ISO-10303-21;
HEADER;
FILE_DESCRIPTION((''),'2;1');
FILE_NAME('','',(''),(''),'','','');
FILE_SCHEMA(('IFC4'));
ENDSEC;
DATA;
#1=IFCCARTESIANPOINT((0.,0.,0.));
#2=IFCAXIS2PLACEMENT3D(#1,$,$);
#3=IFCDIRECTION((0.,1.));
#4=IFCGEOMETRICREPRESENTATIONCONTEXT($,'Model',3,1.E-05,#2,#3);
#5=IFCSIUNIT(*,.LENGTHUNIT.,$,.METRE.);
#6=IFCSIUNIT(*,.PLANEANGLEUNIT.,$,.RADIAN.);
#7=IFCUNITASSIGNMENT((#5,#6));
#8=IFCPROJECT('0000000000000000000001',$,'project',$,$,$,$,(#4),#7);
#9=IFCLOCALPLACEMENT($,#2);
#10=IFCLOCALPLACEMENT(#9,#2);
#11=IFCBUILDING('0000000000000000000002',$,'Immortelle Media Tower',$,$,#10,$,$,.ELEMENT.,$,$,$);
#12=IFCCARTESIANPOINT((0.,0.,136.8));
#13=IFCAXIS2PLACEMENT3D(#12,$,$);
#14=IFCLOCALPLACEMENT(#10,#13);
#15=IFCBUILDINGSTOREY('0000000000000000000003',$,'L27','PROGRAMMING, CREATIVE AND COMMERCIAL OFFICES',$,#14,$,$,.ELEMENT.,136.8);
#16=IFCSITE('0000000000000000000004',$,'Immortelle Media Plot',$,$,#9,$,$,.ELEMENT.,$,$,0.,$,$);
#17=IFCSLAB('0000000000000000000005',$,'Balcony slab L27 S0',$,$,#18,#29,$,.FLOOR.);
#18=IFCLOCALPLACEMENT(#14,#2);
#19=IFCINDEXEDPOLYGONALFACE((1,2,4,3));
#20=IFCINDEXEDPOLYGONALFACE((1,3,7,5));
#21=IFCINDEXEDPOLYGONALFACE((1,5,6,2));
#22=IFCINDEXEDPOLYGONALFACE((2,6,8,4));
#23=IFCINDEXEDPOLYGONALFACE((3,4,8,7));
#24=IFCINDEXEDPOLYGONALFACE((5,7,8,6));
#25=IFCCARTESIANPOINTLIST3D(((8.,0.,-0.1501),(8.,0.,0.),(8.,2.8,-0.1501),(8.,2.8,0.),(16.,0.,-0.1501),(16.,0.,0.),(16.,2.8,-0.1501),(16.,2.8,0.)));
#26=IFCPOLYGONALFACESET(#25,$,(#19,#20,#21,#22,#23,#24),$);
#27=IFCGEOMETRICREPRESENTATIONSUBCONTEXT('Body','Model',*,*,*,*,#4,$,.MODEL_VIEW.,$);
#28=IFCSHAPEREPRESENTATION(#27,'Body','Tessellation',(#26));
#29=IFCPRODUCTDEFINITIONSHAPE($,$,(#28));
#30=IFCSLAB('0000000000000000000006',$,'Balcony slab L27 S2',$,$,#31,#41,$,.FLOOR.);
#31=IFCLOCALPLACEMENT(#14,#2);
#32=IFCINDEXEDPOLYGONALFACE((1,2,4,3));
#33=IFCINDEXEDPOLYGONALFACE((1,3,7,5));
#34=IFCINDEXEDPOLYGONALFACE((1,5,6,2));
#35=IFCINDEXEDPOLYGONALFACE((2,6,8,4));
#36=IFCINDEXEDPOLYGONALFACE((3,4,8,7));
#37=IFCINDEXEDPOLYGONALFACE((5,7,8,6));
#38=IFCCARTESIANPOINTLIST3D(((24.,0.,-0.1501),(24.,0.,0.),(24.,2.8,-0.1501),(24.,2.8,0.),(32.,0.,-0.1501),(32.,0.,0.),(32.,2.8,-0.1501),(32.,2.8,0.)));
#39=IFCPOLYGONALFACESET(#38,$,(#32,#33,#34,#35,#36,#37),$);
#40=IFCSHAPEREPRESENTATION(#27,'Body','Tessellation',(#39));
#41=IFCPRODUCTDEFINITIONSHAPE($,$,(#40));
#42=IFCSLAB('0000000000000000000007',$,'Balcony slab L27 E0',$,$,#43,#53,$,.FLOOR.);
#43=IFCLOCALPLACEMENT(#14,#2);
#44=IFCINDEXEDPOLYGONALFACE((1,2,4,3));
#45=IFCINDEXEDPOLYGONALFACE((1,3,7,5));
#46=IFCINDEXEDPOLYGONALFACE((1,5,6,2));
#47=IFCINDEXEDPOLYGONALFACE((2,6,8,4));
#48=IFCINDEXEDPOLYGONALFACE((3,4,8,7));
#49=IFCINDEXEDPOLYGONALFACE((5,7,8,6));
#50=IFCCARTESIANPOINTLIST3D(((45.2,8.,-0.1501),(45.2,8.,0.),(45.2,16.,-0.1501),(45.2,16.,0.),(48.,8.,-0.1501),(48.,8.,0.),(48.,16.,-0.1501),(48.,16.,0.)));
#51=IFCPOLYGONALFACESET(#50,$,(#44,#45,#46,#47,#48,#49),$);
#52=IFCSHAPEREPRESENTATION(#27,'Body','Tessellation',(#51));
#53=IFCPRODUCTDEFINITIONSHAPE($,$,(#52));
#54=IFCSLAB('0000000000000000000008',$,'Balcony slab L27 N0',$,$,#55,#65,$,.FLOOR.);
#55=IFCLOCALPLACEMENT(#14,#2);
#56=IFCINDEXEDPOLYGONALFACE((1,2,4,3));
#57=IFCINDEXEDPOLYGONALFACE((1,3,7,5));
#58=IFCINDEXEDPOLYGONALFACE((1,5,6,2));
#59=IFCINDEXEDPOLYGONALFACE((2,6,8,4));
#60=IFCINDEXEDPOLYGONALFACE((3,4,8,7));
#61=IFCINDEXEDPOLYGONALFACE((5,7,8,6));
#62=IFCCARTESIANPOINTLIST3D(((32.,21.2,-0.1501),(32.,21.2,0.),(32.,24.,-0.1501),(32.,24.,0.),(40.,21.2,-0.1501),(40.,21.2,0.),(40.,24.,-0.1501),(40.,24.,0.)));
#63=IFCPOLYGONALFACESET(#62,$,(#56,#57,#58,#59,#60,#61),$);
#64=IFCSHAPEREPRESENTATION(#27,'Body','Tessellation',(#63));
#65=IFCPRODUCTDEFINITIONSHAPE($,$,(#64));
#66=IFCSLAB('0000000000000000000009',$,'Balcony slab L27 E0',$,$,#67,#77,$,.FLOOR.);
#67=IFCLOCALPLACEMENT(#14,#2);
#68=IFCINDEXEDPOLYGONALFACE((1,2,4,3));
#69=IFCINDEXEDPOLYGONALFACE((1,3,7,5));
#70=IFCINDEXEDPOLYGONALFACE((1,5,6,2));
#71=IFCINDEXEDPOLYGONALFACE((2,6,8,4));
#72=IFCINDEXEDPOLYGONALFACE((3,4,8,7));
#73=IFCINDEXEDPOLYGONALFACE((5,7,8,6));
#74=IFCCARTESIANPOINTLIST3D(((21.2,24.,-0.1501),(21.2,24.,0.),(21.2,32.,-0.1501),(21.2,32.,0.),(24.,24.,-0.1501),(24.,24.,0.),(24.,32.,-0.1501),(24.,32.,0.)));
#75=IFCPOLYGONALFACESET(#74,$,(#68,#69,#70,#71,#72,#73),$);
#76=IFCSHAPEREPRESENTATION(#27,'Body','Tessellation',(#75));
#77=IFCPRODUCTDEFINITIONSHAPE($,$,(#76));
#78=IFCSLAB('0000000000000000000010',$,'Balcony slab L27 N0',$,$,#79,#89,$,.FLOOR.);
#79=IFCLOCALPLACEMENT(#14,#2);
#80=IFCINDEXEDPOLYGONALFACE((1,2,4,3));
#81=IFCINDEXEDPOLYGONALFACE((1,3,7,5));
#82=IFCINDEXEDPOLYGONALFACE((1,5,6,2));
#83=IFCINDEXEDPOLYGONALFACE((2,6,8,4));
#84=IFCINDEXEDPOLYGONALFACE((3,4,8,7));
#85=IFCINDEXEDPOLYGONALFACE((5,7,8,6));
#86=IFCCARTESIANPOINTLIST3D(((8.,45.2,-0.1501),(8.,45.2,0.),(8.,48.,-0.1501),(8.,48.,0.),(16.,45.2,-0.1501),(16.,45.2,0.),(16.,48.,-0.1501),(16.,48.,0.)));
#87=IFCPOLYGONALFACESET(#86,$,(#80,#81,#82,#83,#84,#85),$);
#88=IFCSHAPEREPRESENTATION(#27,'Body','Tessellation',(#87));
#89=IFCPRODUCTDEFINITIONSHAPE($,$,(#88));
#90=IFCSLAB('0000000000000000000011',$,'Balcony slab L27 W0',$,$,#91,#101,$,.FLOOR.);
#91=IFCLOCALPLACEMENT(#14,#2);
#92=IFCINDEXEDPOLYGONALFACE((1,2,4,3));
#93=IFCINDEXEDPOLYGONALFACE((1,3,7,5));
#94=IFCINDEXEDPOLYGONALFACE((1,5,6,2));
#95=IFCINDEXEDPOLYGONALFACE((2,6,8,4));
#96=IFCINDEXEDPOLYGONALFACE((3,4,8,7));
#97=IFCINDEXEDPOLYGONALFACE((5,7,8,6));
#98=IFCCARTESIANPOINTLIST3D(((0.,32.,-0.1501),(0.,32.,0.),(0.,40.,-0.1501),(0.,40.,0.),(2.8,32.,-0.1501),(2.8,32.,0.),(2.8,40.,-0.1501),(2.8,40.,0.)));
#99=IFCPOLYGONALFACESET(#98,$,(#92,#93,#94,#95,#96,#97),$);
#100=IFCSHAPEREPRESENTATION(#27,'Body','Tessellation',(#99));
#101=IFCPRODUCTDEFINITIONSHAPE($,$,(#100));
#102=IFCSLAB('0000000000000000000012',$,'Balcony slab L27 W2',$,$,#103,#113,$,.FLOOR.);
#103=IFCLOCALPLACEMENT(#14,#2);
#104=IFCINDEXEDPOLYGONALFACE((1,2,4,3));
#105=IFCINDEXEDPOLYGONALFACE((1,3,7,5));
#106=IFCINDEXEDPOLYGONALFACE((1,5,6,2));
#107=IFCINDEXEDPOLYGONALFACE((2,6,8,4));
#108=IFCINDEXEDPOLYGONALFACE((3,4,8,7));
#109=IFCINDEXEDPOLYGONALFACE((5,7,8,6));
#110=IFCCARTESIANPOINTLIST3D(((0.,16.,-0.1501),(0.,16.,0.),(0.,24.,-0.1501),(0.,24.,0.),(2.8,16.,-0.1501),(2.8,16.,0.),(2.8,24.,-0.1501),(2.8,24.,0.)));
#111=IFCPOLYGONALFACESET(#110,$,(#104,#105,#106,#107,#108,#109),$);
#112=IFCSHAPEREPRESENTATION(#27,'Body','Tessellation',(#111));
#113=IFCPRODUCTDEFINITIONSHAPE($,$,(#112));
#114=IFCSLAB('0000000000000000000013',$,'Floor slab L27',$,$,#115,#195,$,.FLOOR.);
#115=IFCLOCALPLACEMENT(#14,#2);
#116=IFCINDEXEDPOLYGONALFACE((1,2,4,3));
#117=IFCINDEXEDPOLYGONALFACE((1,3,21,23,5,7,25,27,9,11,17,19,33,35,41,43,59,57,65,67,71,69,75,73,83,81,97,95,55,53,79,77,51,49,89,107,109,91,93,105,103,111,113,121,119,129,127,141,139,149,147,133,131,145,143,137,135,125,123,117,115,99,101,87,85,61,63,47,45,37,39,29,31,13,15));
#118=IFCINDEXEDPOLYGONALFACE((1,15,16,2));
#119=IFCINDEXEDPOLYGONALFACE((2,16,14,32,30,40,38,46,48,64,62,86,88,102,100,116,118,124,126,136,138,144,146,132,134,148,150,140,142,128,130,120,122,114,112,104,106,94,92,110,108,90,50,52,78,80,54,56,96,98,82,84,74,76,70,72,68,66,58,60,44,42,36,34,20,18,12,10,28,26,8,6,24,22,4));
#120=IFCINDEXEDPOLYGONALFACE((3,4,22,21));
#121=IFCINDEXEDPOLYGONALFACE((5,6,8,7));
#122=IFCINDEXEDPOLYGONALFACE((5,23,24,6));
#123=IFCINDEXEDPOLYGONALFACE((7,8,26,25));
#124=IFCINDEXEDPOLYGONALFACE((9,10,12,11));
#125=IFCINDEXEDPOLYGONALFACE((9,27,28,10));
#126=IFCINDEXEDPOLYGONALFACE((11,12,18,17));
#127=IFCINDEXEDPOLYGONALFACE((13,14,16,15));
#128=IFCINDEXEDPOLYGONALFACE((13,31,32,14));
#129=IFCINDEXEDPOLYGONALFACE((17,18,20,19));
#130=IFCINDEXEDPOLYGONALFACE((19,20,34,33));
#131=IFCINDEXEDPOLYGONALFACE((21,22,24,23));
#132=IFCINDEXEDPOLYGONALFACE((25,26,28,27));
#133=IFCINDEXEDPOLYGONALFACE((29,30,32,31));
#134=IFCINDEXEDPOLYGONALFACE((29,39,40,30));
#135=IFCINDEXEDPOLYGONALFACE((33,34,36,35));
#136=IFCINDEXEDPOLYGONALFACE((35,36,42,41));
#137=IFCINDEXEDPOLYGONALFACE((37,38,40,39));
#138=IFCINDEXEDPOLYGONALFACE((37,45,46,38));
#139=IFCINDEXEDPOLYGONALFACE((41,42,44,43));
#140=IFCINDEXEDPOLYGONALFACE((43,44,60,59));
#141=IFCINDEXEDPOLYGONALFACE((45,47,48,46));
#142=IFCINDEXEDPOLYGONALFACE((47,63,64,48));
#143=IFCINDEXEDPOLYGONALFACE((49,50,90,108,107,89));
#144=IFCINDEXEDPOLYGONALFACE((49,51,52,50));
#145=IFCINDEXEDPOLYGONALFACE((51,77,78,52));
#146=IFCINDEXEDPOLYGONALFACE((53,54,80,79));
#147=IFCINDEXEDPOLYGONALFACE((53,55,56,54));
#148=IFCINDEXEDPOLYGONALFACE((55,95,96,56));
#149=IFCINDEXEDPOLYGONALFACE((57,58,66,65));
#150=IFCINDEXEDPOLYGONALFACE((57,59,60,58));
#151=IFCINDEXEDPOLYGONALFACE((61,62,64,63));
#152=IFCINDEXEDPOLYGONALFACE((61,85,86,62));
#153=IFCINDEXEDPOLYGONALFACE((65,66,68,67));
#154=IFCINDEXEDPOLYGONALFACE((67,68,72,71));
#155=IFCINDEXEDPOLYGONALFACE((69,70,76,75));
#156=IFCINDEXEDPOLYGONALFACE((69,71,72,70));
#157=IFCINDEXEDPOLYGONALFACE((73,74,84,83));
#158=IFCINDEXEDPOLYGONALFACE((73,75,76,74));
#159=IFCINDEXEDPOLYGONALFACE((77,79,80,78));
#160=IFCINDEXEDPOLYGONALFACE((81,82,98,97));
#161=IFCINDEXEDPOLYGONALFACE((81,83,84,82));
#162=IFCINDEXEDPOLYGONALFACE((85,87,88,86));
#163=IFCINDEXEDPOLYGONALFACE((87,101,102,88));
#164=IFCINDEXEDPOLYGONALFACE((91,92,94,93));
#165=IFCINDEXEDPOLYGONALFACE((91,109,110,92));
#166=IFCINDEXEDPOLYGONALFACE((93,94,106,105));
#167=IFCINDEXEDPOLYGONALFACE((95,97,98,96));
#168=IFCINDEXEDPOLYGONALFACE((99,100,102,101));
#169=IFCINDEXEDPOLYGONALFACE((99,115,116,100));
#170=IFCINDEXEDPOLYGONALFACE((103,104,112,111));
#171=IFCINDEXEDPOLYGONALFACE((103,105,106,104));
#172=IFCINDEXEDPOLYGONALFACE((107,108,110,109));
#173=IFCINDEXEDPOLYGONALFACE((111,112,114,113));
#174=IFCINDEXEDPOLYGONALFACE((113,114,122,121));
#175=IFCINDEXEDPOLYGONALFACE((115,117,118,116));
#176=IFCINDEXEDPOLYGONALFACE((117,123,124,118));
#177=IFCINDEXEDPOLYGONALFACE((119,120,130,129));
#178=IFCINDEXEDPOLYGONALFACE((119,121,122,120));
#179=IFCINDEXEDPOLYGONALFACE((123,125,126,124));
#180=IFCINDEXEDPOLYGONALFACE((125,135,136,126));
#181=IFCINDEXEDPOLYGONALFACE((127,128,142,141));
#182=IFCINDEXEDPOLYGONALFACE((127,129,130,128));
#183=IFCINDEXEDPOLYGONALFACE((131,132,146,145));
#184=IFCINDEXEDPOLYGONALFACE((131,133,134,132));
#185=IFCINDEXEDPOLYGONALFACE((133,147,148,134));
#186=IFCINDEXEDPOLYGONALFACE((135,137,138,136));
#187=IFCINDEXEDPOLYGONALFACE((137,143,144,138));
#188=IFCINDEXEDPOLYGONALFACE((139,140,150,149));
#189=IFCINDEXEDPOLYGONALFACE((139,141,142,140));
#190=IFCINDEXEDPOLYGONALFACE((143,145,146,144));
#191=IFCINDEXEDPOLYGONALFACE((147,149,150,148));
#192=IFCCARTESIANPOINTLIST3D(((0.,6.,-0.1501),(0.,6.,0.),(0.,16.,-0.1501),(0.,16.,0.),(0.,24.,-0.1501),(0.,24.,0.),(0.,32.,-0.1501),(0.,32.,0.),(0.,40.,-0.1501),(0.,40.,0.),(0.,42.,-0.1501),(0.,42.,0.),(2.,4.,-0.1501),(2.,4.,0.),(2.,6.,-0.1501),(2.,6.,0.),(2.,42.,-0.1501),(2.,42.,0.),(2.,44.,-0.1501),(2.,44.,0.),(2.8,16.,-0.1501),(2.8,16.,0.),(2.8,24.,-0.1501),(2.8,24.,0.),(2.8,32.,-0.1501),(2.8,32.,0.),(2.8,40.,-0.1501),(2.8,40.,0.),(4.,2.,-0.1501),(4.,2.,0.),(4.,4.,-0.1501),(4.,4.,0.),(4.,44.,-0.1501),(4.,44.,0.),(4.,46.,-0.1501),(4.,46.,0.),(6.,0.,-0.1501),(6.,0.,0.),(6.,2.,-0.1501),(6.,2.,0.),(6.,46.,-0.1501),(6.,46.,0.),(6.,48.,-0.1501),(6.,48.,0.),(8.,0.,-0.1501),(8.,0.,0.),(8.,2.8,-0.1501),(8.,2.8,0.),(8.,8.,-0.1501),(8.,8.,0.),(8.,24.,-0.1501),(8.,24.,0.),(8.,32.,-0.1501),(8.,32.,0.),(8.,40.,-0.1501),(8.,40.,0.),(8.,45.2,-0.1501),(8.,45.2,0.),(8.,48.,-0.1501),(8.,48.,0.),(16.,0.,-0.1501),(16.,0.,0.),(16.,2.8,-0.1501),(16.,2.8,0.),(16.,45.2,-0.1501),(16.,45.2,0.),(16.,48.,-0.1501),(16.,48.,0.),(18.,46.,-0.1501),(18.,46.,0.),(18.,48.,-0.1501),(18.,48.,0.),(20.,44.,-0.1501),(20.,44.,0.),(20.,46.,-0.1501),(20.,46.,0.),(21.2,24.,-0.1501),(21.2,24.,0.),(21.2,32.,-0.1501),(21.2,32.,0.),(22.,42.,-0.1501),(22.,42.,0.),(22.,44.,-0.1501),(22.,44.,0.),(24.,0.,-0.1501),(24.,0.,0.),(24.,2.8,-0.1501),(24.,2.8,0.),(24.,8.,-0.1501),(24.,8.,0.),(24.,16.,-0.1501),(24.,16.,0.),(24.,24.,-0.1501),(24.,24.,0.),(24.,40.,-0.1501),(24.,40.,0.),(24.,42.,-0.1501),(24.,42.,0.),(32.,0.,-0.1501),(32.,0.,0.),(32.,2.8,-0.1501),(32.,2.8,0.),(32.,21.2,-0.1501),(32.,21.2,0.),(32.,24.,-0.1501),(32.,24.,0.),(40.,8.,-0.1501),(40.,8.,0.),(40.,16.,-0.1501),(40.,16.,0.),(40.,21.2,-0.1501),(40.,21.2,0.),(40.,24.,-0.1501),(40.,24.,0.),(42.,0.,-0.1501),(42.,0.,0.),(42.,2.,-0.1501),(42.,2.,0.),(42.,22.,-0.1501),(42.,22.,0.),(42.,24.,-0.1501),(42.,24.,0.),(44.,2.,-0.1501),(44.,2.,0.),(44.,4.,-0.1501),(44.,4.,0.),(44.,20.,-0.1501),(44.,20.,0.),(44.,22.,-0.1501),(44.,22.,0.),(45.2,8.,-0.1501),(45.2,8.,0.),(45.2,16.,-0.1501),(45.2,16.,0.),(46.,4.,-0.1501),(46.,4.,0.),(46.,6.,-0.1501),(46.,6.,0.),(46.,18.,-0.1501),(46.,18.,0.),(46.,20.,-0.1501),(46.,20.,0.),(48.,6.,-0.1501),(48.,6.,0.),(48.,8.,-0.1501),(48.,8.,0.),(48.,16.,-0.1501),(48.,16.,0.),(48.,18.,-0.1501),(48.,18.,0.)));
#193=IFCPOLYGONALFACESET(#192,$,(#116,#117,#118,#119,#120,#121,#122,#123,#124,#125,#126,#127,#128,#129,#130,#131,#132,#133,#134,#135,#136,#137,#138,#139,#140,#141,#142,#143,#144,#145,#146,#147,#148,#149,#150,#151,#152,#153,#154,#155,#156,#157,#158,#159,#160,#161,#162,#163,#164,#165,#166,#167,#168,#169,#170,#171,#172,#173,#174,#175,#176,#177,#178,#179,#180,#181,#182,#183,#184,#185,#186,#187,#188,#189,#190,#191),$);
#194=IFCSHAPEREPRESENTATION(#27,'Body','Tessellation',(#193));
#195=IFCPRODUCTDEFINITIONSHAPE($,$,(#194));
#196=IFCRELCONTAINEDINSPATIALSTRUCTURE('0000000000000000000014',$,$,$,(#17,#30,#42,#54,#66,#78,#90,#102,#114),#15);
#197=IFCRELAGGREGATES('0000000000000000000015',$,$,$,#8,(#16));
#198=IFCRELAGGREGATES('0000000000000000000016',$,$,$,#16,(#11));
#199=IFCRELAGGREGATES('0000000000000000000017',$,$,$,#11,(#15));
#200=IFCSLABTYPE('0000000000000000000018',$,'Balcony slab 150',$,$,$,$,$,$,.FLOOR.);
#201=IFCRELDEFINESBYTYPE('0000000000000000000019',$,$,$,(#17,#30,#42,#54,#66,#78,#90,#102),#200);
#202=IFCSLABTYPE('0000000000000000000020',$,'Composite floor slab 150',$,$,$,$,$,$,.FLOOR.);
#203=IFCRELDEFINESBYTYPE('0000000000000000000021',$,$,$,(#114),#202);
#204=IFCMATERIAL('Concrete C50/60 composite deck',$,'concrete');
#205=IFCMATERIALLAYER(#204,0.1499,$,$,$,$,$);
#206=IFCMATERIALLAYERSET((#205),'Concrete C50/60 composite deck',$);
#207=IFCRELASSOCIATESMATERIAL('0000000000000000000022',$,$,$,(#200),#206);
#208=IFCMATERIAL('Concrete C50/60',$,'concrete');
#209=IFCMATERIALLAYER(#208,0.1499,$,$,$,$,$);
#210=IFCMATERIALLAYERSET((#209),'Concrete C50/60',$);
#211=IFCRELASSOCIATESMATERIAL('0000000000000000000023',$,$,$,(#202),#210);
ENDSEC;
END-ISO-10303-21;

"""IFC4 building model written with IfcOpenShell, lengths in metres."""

from ifc_helpers import new_model, si_unit, direction, frame, origin, place, context, subcontext, project, spatial, polyline, outline, extrude, material, layer, layer_set, type_object, element, save


model = new_model("IFC4")

# Units and contexts
model_context = context("Model", 3, precision=1e-05, world=origin(), true_north=direction((0.0, 1.0)))
body_context = subcontext(model_context, "Body", "Model", "MODEL_VIEW")
ifc_project = project(units=[si_unit("LENGTHUNIT", "METRE"), si_unit("PLANEANGLEUNIT", "RADIAN")], contexts=[model_context])

# Site, building, storey
site_placement = place(None, origin())
site = spatial("IfcSite", under=ifc_project, at=site_placement, Name="Immortelle Media Plot", CompositionType="ELEMENT", RefElevation=0.0)
building_placement = place(site_placement, origin())
building = spatial("IfcBuilding", under=site, at=building_placement, Name="Immortelle Media Tower", CompositionType="ELEMENT")
storey_placement = place(building_placement, frame((0.0, 0.0, 136.8)))
storey = spatial("IfcBuildingStorey", under=building, at=storey_placement, Name="L27", Description="PROGRAMMING, CREATIVE AND COMMERCIAL OFFICES", CompositionType="ELEMENT", Elevation=136.8)

# Slabs
ifc_material_1 = material(Name="Concrete C50/60 composite deck", Category="concrete")
ifc_layer_1 = layer(ifc_material_1, 0.1499)
ifc_layer_set_1 = layer_set([ifc_layer_1], Name="Concrete C50/60 composite deck")
slab_type_1 = type_object("IfcSlabType", Name="Balcony slab 150", PredefinedType="FLOOR", material=ifc_layer_set_1)
slab_1_placement = place(storey_placement, frame((0.0, 0.0, -0.1501)))
element("IfcSlab", 1, at=slab_1_placement, inside=storey, type_object=slab_type_1, Name="Balcony slab L27 S0", PredefinedType="FLOOR", context=body_context, shape_type="SweptSolid", body=[
    extrude(outline(polyline([(16.0, 0.0), (16.0, 2.8), (8.0, 2.8), (8.0, 0.0), (16.0, 0.0)])), origin(), (0.0, 0.0, 1.0), 0.1501),
])
slab_2_placement = place(storey_placement, frame((0.0, 0.0, -0.1501)))
element("IfcSlab", 2, at=slab_2_placement, inside=storey, type_object=slab_type_1, Name="Balcony slab L27 S2", PredefinedType="FLOOR", context=body_context, shape_type="SweptSolid", body=[
    extrude(outline(polyline([(32.0, 0.0), (32.0, 2.8), (24.0, 2.8), (24.0, 0.0), (32.0, 0.0)])), origin(), (0.0, 0.0, 1.0), 0.1501),
])
slab_3_placement = place(storey_placement, frame((0.0, 0.0, -0.1501)))
element("IfcSlab", 3, at=slab_3_placement, inside=storey, type_object=slab_type_1, Name="Balcony slab L27 E0", PredefinedType="FLOOR", context=body_context, shape_type="SweptSolid", body=[
    extrude(outline(polyline([(48.0, 8.0), (48.0, 16.0), (45.2, 16.0), (45.2, 8.0), (48.0, 8.0)])), origin(), (0.0, 0.0, 1.0), 0.1501),
])
slab_4_placement = place(storey_placement, frame((0.0, 0.0, -0.1501)))
element("IfcSlab", 4, at=slab_4_placement, inside=storey, type_object=slab_type_1, Name="Balcony slab L27 N0", PredefinedType="FLOOR", context=body_context, shape_type="SweptSolid", body=[
    extrude(outline(polyline([(40.0, 21.2), (40.0, 24.0), (32.0, 24.0), (32.0, 21.2), (40.0, 21.2)])), origin(), (0.0, 0.0, 1.0), 0.1501),
])
slab_5_placement = place(storey_placement, frame((0.0, 0.0, -0.1501)))
element("IfcSlab", 5, at=slab_5_placement, inside=storey, type_object=slab_type_1, Name="Balcony slab L27 E0", PredefinedType="FLOOR", context=body_context, shape_type="SweptSolid", body=[
    extrude(outline(polyline([(24.0, 24.0), (24.0, 32.0), (21.2, 32.0), (21.2, 24.0), (24.0, 24.0)])), origin(), (0.0, 0.0, 1.0), 0.1501),
])
slab_6_placement = place(storey_placement, frame((0.0, 0.0, -0.1501)))
element("IfcSlab", 6, at=slab_6_placement, inside=storey, type_object=slab_type_1, Name="Balcony slab L27 N0", PredefinedType="FLOOR", context=body_context, shape_type="SweptSolid", body=[
    extrude(outline(polyline([(16.0, 45.2), (16.0, 48.0), (8.0, 48.0), (8.0, 45.2), (16.0, 45.2)])), origin(), (0.0, 0.0, 1.0), 0.1501),
])
slab_7_placement = place(storey_placement, frame((0.0, 0.0, -0.1501)))
element("IfcSlab", 7, at=slab_7_placement, inside=storey, type_object=slab_type_1, Name="Balcony slab L27 W0", PredefinedType="FLOOR", context=body_context, shape_type="SweptSolid", body=[
    extrude(outline(polyline([(2.8, 32.0), (2.8, 40.0), (0.0, 40.0), (0.0, 32.0), (2.8, 32.0)])), origin(), (0.0, 0.0, 1.0), 0.1501),
])
slab_8_placement = place(storey_placement, frame((0.0, 0.0, -0.1501)))
element("IfcSlab", 8, at=slab_8_placement, inside=storey, type_object=slab_type_1, Name="Balcony slab L27 W2", PredefinedType="FLOOR", context=body_context, shape_type="SweptSolid", body=[
    extrude(outline(polyline([(2.8, 16.0), (2.8, 24.0), (0.0, 24.0), (0.0, 16.0), (2.8, 16.0)])), origin(), (0.0, 0.0, 1.0), 0.1501),
])
ifc_material_2 = material(Name="Concrete C50/60", Category="concrete")
ifc_layer_2 = layer(ifc_material_2, 0.1499)
ifc_layer_set_2 = layer_set([ifc_layer_2], Name="Concrete C50/60")
slab_type_2 = type_object("IfcSlabType", Name="Composite floor slab 150", PredefinedType="FLOOR", material=ifc_layer_set_2)
slab_9_placement = place(storey_placement, frame((0.0, 0.0, -0.1501)))
element("IfcSlab", 9, at=slab_9_placement, inside=storey, type_object=slab_type_2, Name="Floor slab L27", PredefinedType="FLOOR", context=body_context, shape_type="SweptSolid", body=[
    extrude(outline(polyline([(6.0, 0.0), (6.0, 2.0), (4.0, 2.0), (4.0, 4.0), (2.0, 4.0), (2.0, 6.0), (0.0, 6.0), (0.0, 16.0), (2.8, 16.0), (2.8, 24.0), (0.0, 24.0), (0.0, 32.0), (2.8, 32.0), (2.8, 40.0), (0.0, 40.0), (0.0, 42.0), (2.0, 42.0), (2.0, 44.0), (4.0, 44.0), (4.0, 46.0), (6.0, 46.0), (6.0, 48.0), (8.0, 48.0), (8.0, 45.2), (16.0, 45.2), (16.0, 48.0), (18.0, 48.0), (18.0, 46.0), (20.0, 46.0), (20.0, 44.0), (22.0, 44.0), (22.0, 42.0), (24.0, 42.0), (24.0, 40.0), (8.0, 40.0), (8.0, 32.0), (21.2, 32.0), (21.2, 24.0), (8.0, 24.0), (8.0, 8.0), (24.0, 8.0), (40.0, 8.0), (40.0, 16.0), (24.0, 16.0), (24.0, 24.0), (32.0, 24.0), (32.0, 21.2), (40.0, 21.2), (40.0, 24.0), (42.0, 24.0), (42.0, 22.0), (44.0, 22.0), (44.0, 20.0), (46.0, 20.0), (46.0, 18.0), (48.0, 18.0), (48.0, 16.0), (45.2, 16.0), (45.2, 8.0), (48.0, 8.0), (48.0, 6.0), (46.0, 6.0), (46.0, 4.0), (44.0, 4.0), (44.0, 2.0), (42.0, 2.0), (42.0, 0.0), (32.0, 0.0), (32.0, 2.8), (24.0, 2.8), (24.0, 0.0), (16.0, 0.0), (16.0, 2.8), (8.0, 2.8), (8.0, 0.0), (6.0, 0.0)])), origin(), (0.0, 0.0, 1.0), 0.1501),
])

save(model, "model.ifc")
